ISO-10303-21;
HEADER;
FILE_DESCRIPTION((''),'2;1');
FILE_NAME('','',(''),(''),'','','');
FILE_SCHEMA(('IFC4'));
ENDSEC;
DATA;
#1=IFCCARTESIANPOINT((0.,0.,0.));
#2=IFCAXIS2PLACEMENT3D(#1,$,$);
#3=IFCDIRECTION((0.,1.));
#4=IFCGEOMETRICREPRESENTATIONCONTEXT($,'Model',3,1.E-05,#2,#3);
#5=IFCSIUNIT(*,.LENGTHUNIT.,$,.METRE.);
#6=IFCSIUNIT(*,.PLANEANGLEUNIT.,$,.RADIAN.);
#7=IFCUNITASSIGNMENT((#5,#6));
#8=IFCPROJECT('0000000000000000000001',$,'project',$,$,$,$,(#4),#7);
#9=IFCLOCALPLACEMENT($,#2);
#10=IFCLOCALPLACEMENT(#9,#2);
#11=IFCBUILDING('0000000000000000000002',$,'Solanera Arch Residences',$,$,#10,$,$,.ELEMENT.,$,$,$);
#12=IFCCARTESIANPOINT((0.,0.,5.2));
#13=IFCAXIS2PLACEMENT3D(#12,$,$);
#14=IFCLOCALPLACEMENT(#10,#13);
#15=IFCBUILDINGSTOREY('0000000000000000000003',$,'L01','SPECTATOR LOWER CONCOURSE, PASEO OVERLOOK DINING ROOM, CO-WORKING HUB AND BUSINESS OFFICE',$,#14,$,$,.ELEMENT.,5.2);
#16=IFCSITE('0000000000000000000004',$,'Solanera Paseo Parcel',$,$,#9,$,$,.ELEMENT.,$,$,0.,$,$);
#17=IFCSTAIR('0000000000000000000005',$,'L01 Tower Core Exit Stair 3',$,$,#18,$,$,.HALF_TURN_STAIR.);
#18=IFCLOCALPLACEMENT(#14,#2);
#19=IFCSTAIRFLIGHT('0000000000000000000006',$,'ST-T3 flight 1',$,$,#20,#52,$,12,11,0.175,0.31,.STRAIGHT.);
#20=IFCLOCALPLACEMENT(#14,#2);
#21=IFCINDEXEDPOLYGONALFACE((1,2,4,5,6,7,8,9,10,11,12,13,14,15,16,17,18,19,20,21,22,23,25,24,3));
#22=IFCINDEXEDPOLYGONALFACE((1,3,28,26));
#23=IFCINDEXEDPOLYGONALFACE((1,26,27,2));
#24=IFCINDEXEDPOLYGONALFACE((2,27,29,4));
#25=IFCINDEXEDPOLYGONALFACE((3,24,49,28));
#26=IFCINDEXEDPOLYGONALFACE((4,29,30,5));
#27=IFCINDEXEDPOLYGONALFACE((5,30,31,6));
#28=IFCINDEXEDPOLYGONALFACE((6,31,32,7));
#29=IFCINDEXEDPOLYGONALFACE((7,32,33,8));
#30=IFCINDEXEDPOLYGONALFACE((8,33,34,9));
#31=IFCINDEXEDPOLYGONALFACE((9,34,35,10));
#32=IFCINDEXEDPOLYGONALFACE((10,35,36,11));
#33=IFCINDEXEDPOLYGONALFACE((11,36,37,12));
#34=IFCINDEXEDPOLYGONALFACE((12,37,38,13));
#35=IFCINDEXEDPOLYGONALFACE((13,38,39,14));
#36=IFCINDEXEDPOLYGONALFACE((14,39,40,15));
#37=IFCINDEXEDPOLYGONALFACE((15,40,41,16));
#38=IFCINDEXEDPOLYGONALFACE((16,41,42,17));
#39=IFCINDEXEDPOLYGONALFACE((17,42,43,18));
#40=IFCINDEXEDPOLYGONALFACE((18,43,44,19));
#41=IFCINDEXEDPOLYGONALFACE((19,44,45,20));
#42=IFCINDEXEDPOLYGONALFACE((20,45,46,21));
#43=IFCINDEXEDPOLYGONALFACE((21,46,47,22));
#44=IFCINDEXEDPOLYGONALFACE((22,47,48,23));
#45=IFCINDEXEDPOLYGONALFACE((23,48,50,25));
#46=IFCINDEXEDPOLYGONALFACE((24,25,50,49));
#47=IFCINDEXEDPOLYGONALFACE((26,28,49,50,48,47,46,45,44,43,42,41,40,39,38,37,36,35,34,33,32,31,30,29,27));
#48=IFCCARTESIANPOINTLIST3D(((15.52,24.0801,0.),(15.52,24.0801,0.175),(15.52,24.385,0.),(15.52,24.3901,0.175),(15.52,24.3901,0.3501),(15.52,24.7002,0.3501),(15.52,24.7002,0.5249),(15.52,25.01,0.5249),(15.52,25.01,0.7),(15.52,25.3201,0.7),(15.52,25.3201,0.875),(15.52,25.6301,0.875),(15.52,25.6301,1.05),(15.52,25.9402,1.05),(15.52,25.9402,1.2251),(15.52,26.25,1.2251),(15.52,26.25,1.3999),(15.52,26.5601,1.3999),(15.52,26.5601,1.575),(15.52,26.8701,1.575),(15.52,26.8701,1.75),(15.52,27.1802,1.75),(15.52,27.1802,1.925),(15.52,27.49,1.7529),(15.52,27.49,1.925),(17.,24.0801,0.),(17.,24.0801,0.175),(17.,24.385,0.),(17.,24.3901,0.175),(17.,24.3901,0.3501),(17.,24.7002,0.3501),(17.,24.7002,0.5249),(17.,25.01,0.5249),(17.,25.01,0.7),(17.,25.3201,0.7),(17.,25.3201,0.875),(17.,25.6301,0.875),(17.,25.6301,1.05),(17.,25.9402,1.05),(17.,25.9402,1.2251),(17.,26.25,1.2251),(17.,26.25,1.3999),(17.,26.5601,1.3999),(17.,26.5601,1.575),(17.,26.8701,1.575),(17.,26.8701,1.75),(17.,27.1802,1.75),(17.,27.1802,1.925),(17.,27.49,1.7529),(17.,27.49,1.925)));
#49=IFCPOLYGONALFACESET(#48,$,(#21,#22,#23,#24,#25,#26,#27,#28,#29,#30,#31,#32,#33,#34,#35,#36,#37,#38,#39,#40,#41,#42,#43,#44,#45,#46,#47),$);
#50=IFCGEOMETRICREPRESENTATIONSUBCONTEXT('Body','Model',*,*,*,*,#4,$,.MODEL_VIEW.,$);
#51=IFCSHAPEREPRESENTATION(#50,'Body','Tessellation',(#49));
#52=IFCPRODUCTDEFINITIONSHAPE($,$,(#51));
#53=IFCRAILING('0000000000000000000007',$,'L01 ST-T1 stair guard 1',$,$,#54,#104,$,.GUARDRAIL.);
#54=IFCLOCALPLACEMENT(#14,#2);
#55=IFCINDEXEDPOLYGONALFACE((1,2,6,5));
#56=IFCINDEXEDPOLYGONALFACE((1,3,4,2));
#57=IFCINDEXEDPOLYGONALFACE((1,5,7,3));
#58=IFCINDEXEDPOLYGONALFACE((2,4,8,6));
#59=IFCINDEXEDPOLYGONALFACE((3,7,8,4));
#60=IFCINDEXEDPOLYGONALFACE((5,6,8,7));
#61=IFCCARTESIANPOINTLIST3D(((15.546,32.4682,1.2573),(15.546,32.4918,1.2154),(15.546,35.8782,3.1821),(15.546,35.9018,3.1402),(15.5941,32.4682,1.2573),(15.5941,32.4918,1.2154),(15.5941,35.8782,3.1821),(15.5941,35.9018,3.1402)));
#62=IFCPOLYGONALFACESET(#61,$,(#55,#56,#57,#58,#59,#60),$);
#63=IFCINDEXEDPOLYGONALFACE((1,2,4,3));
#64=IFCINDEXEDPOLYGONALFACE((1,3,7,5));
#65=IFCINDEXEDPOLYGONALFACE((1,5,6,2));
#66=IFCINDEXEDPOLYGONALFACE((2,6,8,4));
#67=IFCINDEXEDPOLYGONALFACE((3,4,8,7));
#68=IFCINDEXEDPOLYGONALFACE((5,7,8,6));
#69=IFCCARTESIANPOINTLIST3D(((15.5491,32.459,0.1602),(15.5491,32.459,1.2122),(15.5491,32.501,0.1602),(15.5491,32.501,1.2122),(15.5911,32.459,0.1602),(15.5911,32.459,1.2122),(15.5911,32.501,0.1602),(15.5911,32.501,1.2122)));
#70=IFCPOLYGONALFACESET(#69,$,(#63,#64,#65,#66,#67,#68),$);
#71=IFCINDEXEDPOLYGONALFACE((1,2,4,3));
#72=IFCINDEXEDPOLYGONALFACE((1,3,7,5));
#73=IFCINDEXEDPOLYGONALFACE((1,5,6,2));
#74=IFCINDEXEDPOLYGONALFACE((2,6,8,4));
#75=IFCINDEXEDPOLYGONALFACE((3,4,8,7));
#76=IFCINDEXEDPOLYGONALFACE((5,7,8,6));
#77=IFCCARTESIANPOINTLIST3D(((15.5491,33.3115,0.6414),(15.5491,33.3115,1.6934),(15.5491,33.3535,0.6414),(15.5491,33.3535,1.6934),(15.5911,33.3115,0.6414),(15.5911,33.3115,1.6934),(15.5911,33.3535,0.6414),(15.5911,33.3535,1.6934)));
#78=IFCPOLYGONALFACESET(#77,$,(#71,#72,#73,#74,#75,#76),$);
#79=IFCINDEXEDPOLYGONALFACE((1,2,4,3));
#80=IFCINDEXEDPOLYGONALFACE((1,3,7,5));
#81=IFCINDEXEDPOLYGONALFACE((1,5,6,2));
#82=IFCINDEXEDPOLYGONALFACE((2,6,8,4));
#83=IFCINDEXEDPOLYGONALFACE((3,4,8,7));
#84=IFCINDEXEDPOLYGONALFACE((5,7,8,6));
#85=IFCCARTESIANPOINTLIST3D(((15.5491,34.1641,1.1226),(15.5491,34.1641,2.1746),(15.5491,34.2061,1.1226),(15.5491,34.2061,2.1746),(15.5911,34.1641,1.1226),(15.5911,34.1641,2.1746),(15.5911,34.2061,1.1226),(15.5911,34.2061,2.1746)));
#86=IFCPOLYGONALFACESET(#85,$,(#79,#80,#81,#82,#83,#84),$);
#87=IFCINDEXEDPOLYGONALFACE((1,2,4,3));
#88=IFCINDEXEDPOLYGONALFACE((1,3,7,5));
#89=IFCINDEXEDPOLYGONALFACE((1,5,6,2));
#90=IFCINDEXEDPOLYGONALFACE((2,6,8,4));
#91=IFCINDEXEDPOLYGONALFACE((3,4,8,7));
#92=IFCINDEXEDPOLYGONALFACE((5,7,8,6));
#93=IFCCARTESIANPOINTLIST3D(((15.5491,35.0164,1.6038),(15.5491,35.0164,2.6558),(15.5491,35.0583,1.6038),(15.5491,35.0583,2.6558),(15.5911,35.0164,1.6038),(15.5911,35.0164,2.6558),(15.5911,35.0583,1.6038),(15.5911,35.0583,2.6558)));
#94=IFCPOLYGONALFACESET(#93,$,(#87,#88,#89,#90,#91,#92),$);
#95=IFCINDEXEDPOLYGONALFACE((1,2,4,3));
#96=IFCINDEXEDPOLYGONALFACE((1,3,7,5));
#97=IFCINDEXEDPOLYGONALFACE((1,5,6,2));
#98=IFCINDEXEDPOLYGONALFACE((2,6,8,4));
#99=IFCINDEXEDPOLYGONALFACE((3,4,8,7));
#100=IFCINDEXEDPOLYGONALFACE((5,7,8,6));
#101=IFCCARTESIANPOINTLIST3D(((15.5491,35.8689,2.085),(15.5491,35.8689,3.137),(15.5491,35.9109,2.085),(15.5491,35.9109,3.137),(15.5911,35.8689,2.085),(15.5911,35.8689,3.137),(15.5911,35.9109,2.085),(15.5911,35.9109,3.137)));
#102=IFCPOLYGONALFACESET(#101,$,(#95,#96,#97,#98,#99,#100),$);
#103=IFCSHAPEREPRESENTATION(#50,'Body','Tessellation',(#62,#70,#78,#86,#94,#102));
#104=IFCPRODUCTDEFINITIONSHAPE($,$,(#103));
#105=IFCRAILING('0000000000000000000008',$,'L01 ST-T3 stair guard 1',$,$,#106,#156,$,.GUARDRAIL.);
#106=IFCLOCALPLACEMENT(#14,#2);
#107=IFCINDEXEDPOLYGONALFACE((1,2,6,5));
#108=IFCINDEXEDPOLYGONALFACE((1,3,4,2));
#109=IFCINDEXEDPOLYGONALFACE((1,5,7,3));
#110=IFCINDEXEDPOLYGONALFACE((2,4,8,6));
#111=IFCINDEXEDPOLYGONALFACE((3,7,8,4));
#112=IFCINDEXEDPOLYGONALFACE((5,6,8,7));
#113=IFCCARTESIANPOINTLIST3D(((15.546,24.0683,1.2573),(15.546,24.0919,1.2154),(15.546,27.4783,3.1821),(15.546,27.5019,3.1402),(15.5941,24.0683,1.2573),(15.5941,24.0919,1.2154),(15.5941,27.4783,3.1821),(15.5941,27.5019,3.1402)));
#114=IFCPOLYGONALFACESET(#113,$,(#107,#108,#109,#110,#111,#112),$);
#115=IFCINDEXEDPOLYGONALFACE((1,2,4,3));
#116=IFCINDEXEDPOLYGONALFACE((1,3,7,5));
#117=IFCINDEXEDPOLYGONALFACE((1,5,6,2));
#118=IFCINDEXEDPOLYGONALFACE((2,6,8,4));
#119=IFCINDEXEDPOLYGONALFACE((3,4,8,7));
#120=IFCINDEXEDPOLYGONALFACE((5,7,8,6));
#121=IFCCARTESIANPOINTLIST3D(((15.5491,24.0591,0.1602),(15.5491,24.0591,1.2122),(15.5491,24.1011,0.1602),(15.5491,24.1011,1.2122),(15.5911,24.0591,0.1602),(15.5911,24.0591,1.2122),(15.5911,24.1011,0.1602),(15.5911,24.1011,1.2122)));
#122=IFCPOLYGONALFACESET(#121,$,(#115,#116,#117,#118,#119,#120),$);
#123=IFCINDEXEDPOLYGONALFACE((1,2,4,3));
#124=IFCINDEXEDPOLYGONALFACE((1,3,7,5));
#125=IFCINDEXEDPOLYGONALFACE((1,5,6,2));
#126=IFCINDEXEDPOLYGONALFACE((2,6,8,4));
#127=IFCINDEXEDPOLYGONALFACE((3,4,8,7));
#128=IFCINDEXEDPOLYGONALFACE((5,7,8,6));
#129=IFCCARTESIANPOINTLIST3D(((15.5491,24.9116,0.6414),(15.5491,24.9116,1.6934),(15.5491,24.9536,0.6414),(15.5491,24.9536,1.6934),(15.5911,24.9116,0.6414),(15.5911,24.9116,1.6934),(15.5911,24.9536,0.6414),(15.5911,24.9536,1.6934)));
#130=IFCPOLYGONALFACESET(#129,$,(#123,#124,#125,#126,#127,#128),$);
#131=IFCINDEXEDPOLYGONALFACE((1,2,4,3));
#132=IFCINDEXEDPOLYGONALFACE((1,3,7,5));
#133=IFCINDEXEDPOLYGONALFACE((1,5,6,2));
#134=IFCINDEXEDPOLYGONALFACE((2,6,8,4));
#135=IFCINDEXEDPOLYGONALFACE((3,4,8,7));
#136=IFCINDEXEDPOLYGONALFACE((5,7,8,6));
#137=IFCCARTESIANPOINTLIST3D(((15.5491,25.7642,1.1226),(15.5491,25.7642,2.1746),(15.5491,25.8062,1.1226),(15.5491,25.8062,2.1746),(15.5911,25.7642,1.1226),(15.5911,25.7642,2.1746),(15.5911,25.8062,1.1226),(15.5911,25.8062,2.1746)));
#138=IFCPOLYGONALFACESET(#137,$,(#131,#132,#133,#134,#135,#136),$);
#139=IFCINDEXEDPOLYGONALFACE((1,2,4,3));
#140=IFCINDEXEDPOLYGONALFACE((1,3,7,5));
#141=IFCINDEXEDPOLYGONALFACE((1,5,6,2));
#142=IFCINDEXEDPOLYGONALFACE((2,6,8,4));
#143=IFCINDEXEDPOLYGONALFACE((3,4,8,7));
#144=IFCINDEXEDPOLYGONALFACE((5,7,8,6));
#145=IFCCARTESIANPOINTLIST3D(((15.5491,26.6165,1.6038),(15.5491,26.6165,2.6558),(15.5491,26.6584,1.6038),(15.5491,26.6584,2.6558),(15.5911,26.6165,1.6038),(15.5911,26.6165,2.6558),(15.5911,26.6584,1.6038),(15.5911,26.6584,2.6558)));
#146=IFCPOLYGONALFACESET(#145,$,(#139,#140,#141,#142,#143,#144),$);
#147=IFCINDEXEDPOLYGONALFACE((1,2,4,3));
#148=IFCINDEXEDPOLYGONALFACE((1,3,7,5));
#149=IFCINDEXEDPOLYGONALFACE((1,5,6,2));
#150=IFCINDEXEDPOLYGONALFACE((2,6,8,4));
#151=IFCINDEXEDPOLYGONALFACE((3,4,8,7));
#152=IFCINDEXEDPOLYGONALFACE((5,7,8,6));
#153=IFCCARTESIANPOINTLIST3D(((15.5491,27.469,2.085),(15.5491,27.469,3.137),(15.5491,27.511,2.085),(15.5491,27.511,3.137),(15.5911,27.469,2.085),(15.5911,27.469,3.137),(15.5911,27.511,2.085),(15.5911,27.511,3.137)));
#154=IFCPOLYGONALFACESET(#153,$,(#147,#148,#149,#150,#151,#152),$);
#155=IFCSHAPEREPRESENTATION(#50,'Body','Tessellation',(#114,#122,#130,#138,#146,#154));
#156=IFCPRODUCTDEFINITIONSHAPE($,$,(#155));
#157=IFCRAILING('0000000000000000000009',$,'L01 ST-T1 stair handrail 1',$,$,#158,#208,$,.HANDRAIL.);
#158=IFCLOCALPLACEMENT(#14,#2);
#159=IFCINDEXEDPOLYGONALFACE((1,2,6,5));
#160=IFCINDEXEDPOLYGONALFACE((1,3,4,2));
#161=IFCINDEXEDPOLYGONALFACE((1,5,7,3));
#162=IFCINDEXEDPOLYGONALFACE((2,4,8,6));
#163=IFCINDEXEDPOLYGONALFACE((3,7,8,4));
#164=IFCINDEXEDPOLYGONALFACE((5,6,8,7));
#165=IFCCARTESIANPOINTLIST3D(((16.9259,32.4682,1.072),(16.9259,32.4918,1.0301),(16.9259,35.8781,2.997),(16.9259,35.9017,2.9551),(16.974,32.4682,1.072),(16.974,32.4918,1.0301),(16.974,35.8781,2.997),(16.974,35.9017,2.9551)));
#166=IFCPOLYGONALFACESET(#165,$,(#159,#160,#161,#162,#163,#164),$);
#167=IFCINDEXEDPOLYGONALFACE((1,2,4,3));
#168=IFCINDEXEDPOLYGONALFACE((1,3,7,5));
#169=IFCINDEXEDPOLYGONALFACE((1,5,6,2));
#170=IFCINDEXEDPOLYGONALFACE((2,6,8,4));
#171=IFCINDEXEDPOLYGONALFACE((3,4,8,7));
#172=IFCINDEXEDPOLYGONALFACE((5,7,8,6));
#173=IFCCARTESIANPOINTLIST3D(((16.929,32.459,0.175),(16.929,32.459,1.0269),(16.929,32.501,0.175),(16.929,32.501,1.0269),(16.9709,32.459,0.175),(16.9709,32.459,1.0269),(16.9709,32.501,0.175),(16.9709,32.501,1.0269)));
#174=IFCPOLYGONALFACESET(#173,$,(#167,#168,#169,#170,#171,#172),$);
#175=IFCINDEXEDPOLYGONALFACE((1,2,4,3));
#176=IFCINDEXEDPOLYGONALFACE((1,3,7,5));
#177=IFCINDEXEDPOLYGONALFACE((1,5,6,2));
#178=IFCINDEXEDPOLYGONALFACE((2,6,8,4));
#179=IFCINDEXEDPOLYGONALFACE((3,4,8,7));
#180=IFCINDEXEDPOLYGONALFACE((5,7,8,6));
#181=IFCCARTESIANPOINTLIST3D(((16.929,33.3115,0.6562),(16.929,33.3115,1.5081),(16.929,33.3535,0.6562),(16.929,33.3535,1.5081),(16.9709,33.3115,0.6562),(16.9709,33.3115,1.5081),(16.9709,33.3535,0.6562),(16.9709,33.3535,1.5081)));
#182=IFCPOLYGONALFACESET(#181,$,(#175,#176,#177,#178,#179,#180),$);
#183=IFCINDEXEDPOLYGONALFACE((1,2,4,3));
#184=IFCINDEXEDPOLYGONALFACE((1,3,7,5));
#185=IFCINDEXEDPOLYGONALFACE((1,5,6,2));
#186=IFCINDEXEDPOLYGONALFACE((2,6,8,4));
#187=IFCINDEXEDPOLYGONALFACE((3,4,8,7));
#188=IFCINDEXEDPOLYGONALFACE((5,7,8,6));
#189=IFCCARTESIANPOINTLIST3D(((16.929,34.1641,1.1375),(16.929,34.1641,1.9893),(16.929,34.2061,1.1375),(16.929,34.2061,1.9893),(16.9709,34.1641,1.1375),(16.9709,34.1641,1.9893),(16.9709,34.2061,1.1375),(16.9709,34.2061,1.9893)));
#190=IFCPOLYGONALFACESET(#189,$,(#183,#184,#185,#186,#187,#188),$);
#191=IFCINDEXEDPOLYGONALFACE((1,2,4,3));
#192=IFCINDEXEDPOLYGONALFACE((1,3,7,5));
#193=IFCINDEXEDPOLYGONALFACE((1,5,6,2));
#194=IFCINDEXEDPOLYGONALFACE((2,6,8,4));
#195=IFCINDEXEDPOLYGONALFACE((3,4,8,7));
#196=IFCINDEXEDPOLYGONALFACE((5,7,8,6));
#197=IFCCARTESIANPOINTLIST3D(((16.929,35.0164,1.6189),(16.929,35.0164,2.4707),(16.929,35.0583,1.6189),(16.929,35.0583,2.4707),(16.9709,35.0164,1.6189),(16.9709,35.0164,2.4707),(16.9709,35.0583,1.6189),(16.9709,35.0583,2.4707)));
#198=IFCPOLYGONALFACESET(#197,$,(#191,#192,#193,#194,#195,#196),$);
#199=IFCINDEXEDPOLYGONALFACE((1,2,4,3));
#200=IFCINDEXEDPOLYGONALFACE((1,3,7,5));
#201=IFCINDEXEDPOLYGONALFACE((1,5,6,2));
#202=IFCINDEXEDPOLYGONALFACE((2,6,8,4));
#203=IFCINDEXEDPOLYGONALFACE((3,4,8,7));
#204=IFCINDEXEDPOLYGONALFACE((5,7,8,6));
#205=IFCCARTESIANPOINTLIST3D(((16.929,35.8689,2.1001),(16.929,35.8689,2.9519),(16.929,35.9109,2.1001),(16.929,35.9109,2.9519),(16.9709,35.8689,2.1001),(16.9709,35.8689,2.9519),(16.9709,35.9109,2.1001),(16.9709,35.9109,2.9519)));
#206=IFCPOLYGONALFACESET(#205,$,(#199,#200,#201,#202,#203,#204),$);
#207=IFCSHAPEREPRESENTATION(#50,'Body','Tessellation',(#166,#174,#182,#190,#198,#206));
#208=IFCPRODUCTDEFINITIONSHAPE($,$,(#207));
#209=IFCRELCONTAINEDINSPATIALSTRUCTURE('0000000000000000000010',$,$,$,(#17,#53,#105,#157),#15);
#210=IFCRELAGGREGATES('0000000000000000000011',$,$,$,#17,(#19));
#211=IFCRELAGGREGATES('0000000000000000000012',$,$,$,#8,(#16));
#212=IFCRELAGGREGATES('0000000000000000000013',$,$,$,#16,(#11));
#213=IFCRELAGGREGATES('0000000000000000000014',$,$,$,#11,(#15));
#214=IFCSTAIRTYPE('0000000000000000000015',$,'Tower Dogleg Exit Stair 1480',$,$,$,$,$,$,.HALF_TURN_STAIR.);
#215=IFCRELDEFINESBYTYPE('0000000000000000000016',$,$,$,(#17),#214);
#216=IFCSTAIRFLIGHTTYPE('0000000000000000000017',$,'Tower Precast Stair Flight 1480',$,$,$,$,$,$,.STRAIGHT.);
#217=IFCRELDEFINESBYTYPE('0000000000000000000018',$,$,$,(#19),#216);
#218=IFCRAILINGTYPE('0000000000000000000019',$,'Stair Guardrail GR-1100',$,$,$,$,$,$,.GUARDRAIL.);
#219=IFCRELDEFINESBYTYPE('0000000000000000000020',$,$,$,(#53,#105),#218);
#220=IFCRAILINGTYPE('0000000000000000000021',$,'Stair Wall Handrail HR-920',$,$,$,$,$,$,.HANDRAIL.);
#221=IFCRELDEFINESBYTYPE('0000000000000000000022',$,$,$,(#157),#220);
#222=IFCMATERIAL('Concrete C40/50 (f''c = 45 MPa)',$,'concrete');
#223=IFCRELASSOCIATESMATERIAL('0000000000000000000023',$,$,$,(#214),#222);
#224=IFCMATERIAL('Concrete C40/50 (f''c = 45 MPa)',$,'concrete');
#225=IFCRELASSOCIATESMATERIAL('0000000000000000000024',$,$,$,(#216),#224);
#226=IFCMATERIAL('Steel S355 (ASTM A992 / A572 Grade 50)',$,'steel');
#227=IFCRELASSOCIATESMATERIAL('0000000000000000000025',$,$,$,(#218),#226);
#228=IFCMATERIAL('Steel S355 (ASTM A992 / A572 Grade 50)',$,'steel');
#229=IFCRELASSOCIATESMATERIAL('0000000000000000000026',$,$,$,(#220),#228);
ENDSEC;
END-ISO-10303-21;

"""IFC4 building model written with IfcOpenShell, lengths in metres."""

from ifc_helpers import new_model, si_unit, direction, frame, origin, origin_2d, place, context, subcontext, project, spatial, polyline, rectangle, outline, extrude, material, type_object, element, aggregate, save


model = new_model("IFC4")

# Units and contexts
model_context = context("Model", 3, precision=1e-05, world=origin(), true_north=direction((0.0, 1.0)))
body_context = subcontext(model_context, "Body", "Model", "MODEL_VIEW")
ifc_project = project(units=[si_unit("LENGTHUNIT", "METRE"), si_unit("PLANEANGLEUNIT", "RADIAN")], contexts=[model_context])

# Site, building, storey
site_placement = place(None, origin())
site = spatial("IfcSite", under=ifc_project, at=site_placement, Name="Solanera Paseo Parcel", CompositionType="ELEMENT", RefElevation=0.0)
building_placement = place(site_placement, origin())
building = spatial("IfcBuilding", under=site, at=building_placement, Name="Solanera Arch Residences", CompositionType="ELEMENT")
storey_placement = place(building_placement, frame((0.0, 0.0, 5.2)))
storey = spatial("IfcBuildingStorey", under=building, at=storey_placement, Name="L01", Description="SPECTATOR LOWER CONCOURSE, PASEO OVERLOOK DINING ROOM, CO-WORKING HUB AND BUSINESS OFFICE", CompositionType="ELEMENT", Elevation=5.2)

# Stair, stair flight
ifc_material_1 = material(Name="Concrete C40/50 (f'c = 45 MPa)", Category="concrete")
stair_type = type_object("IfcStairType", Name="Tower Dogleg Exit Stair 1480", PredefinedType="HALF_TURN_STAIR", material=ifc_material_1)
ifc_material_2 = material(Name="Concrete C40/50 (f'c = 45 MPa)", Category="concrete")
stair_flight_type = type_object("IfcStairFlightType", Name="Tower Precast Stair Flight 1480", PredefinedType="STRAIGHT", material=ifc_material_2)
stair_1_placement = place(storey_placement, origin())
stair_1 = element("IfcStair", 1, at=stair_1_placement, inside=storey, type_object=stair_type, Name="L01 Tower Core Exit Stair 3", PredefinedType="HALF_TURN_STAIR")
stair_flight_1_placement = place(storey_placement, frame((16.26, 24.0801, 0.0), z_axis=(0.0, 0.0, 1.0), x_axis=(0.0, 1.0, 0.0)))
stair_flight_1 = element("IfcStairFlight", 2, at=stair_flight_1_placement, type_object=stair_flight_type, Name="ST-T3 flight 1", NumberOfRisers=12, NumberOfTreads=11, PredefinedType="STRAIGHT", RiserHeight=0.175, TreadLength=0.31, context=body_context, shape_type="SweptSolid", body=[
    extrude(outline(polyline([(0.0, 0.0), (0.0, 0.175), (0.3101, 0.175), (0.3101, 0.3501), (0.6201, 0.3501), (0.6201, 0.5249), (0.9299, 0.5249), (0.9299, 0.7), (1.24, 0.7), (1.24, 0.875), (1.55, 0.875), (1.55, 1.05), (1.8601, 1.05), (1.8601, 1.2251), (2.1699, 1.2251), (2.1699, 1.3999), (2.48, 1.3999), (2.48, 1.575), (2.79, 1.575), (2.79, 1.75), (3.1001, 1.75), (3.1001, 1.925), (3.4099, 1.925), (3.4099, 2.1001), (3.4099, 1.7529), (0.3049, 0.0), (0.0, 0.0)])), frame((0.0, 0.74, 0.0), z_axis=(0.0, -1.0, 0.0), x_axis=(1.0, 0.0, 0.0)), (0.0, 0.0, 1.0), 1.48),
])
aggregate(stair_1, [stair_flight_1])

# Railings
ifc_material_3 = material(Name="Steel S355 (ASTM A992 / A572 Grade 50)", Category="steel")
railing_type_1 = type_object("IfcRailingType", Name="Stair Guardrail GR-1100", PredefinedType="GUARDRAIL", material=ifc_material_3)
for number, where, name in (
    (3, (15.5701, 32.48, 0.1602), "L01 ST-T1 stair guard 1"),
    (4, (15.5701, 24.0801, 0.1602), "L01 ST-T3 stair guard 1"),
):
    element("IfcRailing", number, at=place(storey_placement, frame(where)), inside=storey, type_object=railing_type_1, Name=name, PredefinedType="GUARDRAIL", context=body_context, shape_type="SweptSolid", body=[
        extrude(rectangle(XDim=0.0481, YDim=0.0481, at=origin_2d()), frame((0.0, 0.0, 1.0762), z_axis=(0.0, 0.87084, 0.491566), x_axis=(-1.0, 0.0, 0.0)), (0.0, 0.0, 1.0), 3.9158),
        extrude(rectangle(XDim=0.042, YDim=0.042, at=origin_2d()), origin(), (0.0, 0.0, 1.0), 1.052),
        extrude(rectangle(XDim=0.042, YDim=0.042, at=origin_2d()), frame((0.0, 0.8525, 0.4812)), (0.0, 0.0, 1.0), 1.052),
        extrude(rectangle(XDim=0.042, YDim=0.042, at=origin_2d()), frame((0.0, 1.7051, 0.9624)), (0.0, 0.0, 1.0), 1.052),
        extrude(rectangle(XDim=0.042, YDim=0.042, at=origin_2d()), frame((0.0, 2.5574, 1.4436)), (0.0, 0.0, 1.0), 1.052),
        extrude(rectangle(XDim=0.042, YDim=0.042, at=origin_2d()), frame((0.0, 3.4099, 1.9248)), (0.0, 0.0, 1.0), 1.052),
    ])
ifc_material_4 = material(Name="Steel S355 (ASTM A992 / A572 Grade 50)", Category="steel")
railing_type_2 = type_object("IfcRailingType", Name="Stair Wall Handrail HR-920", PredefinedType="HANDRAIL", material=ifc_material_4)
for number, where, name in (
    (5, (16.95, 32.48, 0.175), "L01 ST-T1 stair handrail 1"),
):
    element("IfcRailing", number, at=place(storey_placement, frame(where)), inside=storey, type_object=railing_type_2, Name=name, PredefinedType="HANDRAIL", context=body_context, shape_type="SweptSolid", body=[
        extrude(rectangle(XDim=0.0481, YDim=0.0481, at=origin_2d()), frame((0.0, 0.0, 0.876), z_axis=(0.0, 0.870814, 0.491613), x_axis=(-1.0, 0.0, 0.0)), (0.0, 0.0, 1.0), 3.9158),
        extrude(rectangle(XDim=0.042, YDim=0.042, at=origin_2d()), origin(), (0.0, 0.0, 1.0), 0.8518),
        extrude(rectangle(XDim=0.042, YDim=0.042, at=origin_2d()), frame((0.0, 0.8525, 0.4812)), (0.0, 0.0, 1.0), 0.8518),
        extrude(rectangle(XDim=0.042, YDim=0.042, at=origin_2d()), frame((0.0, 1.7051, 0.9624)), (0.0, 0.0, 1.0), 0.8518),
        extrude(rectangle(XDim=0.042, YDim=0.042, at=origin_2d()), frame((0.0, 2.5574, 1.4438)), (0.0, 0.0, 1.0), 0.8518),
        extrude(rectangle(XDim=0.042, YDim=0.042, at=origin_2d()), frame((0.0, 3.4099, 1.925)), (0.0, 0.0, 1.0), 0.8518),
    ])

save(model, "model.ifc")
